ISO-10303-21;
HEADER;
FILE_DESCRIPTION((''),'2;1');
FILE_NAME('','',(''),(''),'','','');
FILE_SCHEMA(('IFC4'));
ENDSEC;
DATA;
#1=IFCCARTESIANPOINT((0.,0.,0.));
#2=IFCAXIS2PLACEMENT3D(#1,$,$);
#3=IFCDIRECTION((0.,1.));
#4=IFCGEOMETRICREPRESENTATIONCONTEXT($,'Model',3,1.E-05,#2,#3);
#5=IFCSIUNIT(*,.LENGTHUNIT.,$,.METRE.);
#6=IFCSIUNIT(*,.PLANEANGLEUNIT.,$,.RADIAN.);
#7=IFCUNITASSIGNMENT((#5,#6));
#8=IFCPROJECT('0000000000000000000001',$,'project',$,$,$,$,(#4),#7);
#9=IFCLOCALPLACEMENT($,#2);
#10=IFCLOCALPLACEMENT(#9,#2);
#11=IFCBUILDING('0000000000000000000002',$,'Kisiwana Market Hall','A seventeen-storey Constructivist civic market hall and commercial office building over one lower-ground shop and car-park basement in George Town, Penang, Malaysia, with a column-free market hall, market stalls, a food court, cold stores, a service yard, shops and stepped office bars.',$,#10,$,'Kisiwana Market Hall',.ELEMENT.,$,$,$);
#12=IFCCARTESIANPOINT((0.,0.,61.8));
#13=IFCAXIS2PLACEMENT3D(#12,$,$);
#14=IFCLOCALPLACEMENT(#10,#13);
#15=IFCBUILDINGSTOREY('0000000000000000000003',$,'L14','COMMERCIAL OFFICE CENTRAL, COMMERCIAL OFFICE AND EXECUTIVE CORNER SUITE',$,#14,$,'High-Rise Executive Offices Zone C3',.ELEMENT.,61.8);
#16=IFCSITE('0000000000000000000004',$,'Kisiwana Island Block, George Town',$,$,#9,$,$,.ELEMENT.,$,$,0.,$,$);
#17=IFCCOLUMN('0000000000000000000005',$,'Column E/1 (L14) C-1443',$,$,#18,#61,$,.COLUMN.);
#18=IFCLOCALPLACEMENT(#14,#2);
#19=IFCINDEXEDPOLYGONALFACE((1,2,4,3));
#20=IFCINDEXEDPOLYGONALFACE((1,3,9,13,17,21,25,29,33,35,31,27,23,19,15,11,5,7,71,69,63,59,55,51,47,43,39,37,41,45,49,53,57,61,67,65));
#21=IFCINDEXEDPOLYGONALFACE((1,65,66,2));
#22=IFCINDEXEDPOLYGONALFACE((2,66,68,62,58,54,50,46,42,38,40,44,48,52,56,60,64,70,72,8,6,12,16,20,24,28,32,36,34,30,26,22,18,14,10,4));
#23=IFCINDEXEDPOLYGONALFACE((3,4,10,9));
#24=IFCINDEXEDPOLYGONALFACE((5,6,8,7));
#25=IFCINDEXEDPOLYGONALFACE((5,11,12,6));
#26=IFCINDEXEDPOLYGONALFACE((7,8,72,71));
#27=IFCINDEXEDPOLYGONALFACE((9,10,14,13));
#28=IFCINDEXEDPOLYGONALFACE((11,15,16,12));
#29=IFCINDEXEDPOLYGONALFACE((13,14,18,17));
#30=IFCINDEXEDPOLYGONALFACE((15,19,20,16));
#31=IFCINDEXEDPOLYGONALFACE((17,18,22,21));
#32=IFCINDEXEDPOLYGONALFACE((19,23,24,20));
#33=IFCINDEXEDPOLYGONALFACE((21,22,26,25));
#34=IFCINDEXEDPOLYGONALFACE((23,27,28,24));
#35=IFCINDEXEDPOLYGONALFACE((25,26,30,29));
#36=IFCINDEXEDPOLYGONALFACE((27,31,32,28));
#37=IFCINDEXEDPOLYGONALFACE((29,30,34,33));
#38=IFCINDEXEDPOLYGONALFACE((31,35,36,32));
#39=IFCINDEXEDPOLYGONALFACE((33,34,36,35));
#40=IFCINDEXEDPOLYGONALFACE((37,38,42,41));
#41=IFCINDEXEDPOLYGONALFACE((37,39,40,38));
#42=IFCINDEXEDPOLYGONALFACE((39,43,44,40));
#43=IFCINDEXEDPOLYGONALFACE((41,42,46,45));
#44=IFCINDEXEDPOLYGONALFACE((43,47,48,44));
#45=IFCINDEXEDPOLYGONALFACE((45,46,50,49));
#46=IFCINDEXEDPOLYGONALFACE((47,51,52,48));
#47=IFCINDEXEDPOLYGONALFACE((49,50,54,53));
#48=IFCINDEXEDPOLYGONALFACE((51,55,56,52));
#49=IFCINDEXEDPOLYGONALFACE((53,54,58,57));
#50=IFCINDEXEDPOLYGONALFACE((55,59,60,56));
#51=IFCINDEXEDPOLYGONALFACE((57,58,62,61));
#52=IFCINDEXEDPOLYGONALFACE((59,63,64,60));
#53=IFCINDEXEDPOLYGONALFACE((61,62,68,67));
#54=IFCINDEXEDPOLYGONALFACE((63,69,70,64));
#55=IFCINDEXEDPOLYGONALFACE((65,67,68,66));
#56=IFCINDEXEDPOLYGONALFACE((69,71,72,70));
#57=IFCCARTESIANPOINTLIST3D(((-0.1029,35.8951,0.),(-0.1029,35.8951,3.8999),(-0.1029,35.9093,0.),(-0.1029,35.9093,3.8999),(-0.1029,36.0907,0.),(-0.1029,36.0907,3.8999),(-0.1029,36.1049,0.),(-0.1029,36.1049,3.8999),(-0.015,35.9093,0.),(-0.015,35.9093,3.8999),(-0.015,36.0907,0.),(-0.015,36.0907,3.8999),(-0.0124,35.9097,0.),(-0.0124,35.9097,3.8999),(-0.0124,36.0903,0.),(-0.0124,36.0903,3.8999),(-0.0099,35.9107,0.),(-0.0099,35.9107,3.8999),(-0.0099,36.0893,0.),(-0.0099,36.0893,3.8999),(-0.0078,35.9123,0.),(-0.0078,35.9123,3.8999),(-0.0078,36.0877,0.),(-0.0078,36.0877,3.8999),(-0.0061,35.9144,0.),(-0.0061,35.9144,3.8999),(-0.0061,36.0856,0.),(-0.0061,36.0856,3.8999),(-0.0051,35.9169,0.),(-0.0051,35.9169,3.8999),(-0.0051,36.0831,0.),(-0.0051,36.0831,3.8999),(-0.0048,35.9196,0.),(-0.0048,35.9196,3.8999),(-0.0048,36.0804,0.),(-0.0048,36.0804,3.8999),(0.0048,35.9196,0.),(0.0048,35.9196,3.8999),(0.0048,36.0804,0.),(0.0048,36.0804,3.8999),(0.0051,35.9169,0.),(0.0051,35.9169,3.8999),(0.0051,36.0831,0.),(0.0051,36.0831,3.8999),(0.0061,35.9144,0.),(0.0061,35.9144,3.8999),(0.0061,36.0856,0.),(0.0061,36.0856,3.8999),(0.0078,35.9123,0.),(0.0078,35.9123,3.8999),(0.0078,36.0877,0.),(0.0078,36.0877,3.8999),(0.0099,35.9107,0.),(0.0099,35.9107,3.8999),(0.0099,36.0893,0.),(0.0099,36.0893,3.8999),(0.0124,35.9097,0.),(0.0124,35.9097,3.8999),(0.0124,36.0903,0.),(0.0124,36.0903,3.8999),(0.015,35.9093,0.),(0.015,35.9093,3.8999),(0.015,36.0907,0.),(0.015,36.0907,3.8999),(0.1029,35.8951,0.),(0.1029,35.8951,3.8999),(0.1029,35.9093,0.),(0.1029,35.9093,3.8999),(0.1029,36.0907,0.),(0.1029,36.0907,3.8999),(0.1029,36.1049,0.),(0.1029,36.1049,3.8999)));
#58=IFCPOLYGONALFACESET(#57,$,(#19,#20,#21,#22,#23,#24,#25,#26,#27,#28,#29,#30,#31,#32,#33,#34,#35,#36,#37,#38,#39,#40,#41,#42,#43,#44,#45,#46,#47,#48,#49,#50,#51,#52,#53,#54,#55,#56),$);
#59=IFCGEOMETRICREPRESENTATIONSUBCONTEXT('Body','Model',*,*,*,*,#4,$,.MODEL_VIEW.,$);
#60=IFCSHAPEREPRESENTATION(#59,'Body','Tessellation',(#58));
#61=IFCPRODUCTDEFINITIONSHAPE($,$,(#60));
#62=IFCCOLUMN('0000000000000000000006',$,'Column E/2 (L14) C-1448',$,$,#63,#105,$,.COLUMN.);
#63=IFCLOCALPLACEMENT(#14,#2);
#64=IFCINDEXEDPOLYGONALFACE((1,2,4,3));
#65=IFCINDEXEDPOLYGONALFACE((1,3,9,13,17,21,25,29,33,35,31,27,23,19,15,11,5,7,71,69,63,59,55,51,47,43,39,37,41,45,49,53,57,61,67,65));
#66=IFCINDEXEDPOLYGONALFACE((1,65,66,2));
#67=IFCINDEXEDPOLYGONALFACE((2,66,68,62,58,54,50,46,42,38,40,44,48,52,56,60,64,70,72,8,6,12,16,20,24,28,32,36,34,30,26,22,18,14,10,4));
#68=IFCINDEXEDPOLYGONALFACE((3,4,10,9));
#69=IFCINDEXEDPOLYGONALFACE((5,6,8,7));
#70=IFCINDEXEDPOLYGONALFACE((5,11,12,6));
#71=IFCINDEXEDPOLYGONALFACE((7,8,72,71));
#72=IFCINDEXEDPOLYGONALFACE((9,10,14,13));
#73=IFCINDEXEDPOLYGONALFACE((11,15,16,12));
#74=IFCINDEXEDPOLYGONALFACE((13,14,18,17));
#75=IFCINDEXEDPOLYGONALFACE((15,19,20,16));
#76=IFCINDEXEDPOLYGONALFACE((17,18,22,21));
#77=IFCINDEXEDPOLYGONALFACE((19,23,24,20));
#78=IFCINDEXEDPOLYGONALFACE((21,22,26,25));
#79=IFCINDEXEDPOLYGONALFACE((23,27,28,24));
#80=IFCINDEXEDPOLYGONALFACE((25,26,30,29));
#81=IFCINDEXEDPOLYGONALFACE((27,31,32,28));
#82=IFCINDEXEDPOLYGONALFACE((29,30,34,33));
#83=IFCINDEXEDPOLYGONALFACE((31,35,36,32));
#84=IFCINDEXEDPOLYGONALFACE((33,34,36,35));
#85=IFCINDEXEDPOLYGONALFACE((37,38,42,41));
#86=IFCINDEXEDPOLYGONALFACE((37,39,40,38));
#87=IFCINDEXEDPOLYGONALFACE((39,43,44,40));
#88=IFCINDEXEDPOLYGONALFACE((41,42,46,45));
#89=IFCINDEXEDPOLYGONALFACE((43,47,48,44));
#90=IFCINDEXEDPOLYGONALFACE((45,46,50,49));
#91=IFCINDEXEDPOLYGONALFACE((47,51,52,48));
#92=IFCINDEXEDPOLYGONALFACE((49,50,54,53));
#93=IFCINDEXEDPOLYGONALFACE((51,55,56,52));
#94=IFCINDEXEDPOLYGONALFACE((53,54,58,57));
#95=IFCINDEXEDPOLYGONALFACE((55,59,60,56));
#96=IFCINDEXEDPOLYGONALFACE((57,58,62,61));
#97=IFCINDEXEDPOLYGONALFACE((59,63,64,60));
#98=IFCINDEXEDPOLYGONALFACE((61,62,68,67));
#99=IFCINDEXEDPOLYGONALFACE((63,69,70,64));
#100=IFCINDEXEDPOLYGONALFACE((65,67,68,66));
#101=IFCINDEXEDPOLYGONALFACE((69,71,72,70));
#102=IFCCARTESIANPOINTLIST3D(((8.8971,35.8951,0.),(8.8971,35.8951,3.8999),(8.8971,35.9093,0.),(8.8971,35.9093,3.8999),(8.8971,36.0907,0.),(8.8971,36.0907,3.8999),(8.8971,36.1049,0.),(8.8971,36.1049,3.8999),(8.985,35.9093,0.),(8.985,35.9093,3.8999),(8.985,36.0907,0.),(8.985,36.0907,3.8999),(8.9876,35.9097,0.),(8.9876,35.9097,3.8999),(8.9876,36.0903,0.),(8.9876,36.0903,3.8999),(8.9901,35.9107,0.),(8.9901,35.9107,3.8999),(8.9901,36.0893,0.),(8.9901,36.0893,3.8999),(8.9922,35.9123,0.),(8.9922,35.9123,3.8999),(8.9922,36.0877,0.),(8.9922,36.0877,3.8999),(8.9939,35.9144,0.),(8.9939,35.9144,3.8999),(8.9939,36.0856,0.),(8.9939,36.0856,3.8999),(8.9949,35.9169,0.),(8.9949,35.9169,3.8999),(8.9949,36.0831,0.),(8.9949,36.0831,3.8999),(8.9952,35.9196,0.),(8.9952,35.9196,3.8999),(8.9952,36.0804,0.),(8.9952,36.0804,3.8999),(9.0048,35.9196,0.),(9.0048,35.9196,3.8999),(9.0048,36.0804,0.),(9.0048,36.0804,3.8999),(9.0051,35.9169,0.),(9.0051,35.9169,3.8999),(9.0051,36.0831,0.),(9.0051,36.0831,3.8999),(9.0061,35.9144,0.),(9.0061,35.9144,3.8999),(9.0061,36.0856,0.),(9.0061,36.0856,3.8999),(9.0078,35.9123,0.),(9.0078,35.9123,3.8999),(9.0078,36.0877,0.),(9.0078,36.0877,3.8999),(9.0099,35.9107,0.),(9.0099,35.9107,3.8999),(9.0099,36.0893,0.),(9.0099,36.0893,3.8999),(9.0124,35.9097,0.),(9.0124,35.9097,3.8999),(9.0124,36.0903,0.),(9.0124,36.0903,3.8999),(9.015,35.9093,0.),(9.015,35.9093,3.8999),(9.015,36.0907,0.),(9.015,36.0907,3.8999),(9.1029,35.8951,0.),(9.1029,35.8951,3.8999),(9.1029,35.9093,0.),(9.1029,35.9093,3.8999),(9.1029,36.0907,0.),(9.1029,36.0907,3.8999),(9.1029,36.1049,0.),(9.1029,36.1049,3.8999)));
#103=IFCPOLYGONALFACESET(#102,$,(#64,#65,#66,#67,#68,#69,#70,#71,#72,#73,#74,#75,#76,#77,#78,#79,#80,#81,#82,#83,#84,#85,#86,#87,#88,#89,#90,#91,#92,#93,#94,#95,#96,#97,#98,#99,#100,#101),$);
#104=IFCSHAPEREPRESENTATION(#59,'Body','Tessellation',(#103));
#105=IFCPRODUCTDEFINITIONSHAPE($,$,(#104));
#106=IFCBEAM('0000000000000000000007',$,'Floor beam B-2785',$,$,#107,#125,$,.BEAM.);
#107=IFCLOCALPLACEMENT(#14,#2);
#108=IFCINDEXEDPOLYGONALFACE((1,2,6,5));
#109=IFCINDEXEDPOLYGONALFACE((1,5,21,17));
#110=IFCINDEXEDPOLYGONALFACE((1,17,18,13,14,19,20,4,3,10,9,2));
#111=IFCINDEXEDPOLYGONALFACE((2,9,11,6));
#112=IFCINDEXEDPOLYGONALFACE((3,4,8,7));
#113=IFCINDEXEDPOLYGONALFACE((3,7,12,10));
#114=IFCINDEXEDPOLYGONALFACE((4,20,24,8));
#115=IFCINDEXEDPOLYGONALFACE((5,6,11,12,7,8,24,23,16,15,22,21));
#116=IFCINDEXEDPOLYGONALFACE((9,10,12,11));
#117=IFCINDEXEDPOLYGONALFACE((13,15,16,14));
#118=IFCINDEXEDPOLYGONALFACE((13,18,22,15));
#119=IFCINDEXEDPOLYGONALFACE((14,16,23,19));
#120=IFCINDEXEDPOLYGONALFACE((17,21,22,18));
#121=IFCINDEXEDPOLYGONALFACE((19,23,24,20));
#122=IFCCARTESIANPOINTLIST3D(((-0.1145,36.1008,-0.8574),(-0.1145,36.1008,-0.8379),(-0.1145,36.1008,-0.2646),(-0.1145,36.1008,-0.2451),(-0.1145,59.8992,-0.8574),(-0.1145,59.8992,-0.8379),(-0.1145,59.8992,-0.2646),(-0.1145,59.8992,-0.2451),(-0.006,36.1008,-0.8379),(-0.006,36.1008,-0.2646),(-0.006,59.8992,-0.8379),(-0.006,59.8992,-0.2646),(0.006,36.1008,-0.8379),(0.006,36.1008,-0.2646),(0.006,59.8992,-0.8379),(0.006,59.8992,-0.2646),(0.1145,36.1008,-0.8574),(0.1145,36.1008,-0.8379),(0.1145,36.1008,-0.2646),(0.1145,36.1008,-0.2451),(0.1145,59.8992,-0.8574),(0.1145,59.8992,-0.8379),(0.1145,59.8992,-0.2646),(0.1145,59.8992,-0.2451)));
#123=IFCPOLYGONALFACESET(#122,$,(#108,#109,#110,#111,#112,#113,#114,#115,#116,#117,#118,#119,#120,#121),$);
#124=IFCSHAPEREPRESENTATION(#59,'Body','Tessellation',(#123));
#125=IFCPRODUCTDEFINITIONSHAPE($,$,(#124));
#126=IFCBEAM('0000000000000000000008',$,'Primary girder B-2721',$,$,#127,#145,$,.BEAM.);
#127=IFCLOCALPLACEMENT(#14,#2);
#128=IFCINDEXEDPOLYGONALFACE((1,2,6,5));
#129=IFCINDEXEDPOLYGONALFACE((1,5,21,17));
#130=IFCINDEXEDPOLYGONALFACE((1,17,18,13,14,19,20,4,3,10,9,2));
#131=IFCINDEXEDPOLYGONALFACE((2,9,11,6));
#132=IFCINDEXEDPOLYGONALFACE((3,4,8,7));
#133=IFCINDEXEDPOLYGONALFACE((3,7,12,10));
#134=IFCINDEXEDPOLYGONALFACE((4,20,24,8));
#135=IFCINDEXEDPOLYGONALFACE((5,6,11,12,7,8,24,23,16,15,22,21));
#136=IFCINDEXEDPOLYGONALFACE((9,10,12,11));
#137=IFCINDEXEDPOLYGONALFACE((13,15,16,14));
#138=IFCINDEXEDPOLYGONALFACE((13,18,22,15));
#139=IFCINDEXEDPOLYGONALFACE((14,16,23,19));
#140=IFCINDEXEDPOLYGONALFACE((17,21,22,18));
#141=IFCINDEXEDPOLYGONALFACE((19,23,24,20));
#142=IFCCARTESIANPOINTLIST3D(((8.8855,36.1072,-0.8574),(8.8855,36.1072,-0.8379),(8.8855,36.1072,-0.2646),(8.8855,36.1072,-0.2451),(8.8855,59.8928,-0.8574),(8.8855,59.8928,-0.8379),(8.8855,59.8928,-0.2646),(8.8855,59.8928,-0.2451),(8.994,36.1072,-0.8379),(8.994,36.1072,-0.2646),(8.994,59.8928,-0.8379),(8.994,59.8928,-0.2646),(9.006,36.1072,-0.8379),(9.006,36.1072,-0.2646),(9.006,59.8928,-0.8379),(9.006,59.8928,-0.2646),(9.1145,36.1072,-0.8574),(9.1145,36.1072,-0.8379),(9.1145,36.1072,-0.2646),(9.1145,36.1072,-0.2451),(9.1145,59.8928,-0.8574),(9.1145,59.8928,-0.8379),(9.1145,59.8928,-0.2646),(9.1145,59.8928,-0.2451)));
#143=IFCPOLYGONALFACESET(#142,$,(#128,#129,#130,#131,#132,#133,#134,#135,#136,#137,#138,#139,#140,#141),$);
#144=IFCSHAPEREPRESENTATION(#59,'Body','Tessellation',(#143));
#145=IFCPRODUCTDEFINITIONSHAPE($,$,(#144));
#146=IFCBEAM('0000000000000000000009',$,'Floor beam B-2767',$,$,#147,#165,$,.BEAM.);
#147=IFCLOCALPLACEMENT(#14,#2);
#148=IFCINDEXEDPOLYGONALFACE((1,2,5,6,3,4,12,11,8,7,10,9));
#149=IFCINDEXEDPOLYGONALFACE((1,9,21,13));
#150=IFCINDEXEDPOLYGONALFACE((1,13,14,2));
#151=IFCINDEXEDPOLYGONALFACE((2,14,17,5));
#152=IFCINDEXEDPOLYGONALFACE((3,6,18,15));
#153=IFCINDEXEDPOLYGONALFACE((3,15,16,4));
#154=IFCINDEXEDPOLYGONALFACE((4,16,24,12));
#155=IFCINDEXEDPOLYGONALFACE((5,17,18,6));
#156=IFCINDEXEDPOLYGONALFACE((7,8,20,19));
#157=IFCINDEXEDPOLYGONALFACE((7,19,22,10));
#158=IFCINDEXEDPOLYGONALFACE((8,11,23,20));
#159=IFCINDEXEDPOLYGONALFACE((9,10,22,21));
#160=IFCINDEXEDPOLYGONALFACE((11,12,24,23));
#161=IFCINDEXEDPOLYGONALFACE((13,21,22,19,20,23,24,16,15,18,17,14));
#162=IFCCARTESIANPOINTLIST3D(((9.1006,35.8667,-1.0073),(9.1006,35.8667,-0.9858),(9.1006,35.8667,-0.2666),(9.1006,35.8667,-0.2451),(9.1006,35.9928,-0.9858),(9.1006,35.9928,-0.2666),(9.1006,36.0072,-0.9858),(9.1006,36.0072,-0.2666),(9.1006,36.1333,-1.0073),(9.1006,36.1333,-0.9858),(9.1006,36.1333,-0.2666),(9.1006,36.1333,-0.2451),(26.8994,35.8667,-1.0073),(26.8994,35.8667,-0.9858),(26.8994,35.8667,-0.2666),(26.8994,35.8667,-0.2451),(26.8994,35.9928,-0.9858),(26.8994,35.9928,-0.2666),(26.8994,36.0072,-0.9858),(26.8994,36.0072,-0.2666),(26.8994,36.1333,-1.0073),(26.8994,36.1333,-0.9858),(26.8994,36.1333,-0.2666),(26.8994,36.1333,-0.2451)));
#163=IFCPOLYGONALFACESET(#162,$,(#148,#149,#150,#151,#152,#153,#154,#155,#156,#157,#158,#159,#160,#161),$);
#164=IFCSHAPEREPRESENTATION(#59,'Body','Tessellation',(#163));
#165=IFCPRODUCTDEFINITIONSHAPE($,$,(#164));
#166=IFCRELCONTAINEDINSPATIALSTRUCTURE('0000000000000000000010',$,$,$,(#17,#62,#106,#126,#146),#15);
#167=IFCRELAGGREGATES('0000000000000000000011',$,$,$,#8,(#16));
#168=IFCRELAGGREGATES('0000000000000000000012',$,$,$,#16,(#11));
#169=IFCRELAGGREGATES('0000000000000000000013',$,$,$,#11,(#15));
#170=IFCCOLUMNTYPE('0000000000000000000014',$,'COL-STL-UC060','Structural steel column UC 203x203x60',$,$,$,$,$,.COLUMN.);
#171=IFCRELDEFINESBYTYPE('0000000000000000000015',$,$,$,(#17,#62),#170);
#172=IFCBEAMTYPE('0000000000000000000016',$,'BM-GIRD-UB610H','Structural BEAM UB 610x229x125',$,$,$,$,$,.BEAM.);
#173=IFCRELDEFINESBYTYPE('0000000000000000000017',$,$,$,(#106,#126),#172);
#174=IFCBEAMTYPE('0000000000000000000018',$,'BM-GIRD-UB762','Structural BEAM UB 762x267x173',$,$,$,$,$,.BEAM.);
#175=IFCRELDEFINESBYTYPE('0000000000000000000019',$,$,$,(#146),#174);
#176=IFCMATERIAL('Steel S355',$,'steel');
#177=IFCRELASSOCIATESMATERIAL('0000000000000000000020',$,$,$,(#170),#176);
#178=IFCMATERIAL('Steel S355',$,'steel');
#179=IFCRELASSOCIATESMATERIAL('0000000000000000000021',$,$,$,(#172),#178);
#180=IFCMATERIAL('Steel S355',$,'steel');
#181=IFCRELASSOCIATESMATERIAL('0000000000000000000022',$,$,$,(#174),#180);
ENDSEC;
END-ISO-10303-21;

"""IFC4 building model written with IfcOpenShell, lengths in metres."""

from ifc_helpers import new_model, si_unit, direction, frame, origin, origin_2d, place, context, subcontext, project, spatial, i_section, extrude, material, material_profile, profile_set, type_object, element, save


model = new_model("IFC4")

# Units and contexts
model_context = context("Model", 3, precision=1e-05, world=origin(), true_north=direction((0.0, 1.0)))
body_context = subcontext(model_context, "Body", "Model", "MODEL_VIEW")
ifc_project = project(units=[si_unit("LENGTHUNIT", "METRE"), si_unit("PLANEANGLEUNIT", "RADIAN")], contexts=[model_context])

# Site, building, storey
site_placement = place(None, origin())
site = spatial("IfcSite", under=ifc_project, at=site_placement, Name="Kisiwana Island Block, George Town", CompositionType="ELEMENT", RefElevation=0.0)
building_placement = place(site_placement, origin())
building = spatial("IfcBuilding", under=site, at=building_placement, Name="Kisiwana Market Hall", Description="A seventeen-storey Constructivist civic market hall and commercial office building over one lower-ground shop and car-park basement in George Town, Penang, Malaysia, with a column-free market hall, market stalls, a food court, cold stores, a service yard, shops and stepped office bars.", LongName="Kisiwana Market Hall", CompositionType="ELEMENT")
storey_placement = place(building_placement, frame((0.0, 0.0, 61.8)))
storey = spatial("IfcBuildingStorey", under=building, at=storey_placement, Name="L14", Description="COMMERCIAL OFFICE CENTRAL, COMMERCIAL OFFICE AND EXECUTIVE CORNER SUITE", LongName="High-Rise Executive Offices Zone C3", CompositionType="ELEMENT", Elevation=61.8)

# Columns
ifc_material_1 = material(Name="Steel S355", Category="steel")
ifc_material_profile_1 = material_profile(ifc_material_1, i_section(OverallWidth=0.2058, OverallDepth=0.2097, WebThickness=0.0095, FlangeThickness=0.0142, FilletRadius=0.0103, at=origin_2d()), Name="UC 203x203x60")
ifc_profile_set_1 = profile_set([ifc_material_profile_1], Name="Steel S355")
column_type = type_object("IfcColumnType", Name="COL-STL-UC060", Description="Structural steel column UC 203x203x60", PredefinedType="COLUMN", material=ifc_profile_set_1)
for number, where, z_axis, x_axis, name in (
    (1, (0.0, 36.0, 0.0), (0.0, 0.0, 1.0), (1.0, 0.0, 0.0), "Column E/1 (L14) C-1443"),
    (2, (9.0, 36.0, 0.0), (0.0, 0.0, 1.0), (1.0, 0.0, 0.0), "Column E/2 (L14) C-1448"),
):
    element("IfcColumn", number, at=place(storey_placement, frame(where, z_axis=z_axis, x_axis=x_axis)), inside=storey, type_object=column_type, Name=name, PredefinedType="COLUMN", context=body_context, shape_type="SweptSolid", body=[
        extrude(i_section(OverallWidth=0.2058, OverallDepth=0.2097, WebThickness=0.0095, FlangeThickness=0.0142, FilletRadius=0.0103, at=origin_2d()), origin(), (0.0, 0.0, 1.0), 3.8999),
    ])

# Beams
ifc_material_2 = material(Name="Steel S355", Category="steel")
ifc_material_profile_2 = material_profile(ifc_material_2, i_section(OverallWidth=0.229, OverallDepth=0.6123, WebThickness=0.012, FlangeThickness=0.0195, at=origin_2d()), Name="UB 610x229x125")
ifc_profile_set_2 = profile_set([ifc_material_profile_2], Name="Steel S355")
beam_type_1 = type_object("IfcBeamType", Name="BM-GIRD-UB610H", Description="Structural BEAM UB 610x229x125", PredefinedType="BEAM", material=ifc_profile_set_2)
beam_1_placement = place(storey_placement, frame((0.0, 36.1008, -0.5513), z_axis=(0.0, 1.0, 0.0), x_axis=(-1.0, 0.0, 0.0)))
element("IfcBeam", 3, at=beam_1_placement, inside=storey, type_object=beam_type_1, Name="Floor beam B-2785", PredefinedType="BEAM", context=body_context, shape_type="SweptSolid", body=[
    extrude(i_section(OverallWidth=0.229, OverallDepth=0.6123, WebThickness=0.012, FlangeThickness=0.0195, at=origin_2d()), origin(), (0.0, 0.0, 1.0), 23.7983),
])
beam_2_placement = place(storey_placement, frame((9.0, 36.1072, -0.5513), z_axis=(0.0, 1.0, 0.0), x_axis=(-1.0, 0.0, 0.0)))
element("IfcBeam", 4, at=beam_2_placement, inside=storey, type_object=beam_type_1, Name="Primary girder B-2721", PredefinedType="BEAM", context=body_context, shape_type="SweptSolid", body=[
    extrude(i_section(OverallWidth=0.229, OverallDepth=0.6123, WebThickness=0.012, FlangeThickness=0.0195, at=origin_2d()), origin(), (0.0, 0.0, 1.0), 23.7856),
])
ifc_material_3 = material(Name="Steel S355", Category="steel")
ifc_material_profile_3 = material_profile(ifc_material_3, i_section(OverallWidth=0.2666, OverallDepth=0.7622, WebThickness=0.0144, FlangeThickness=0.0215, at=origin_2d()), Name="UB 762x267x173")
ifc_profile_set_3 = profile_set([ifc_material_profile_3], Name="Steel S355")
beam_type_2 = type_object("IfcBeamType", Name="BM-GIRD-UB762", Description="Structural BEAM UB 762x267x173", PredefinedType="BEAM", material=ifc_profile_set_3)
beam_3_placement = place(storey_placement, frame((9.1006, 36.0, -0.6262), z_axis=(1.0, 0.0, 0.0), x_axis=(0.0, 1.0, 0.0)))
element("IfcBeam", 5, at=beam_3_placement, inside=storey, type_object=beam_type_2, Name="Floor beam B-2767", PredefinedType="BEAM", context=body_context, shape_type="SweptSolid", body=[
    extrude(i_section(OverallWidth=0.2666, OverallDepth=0.7622, WebThickness=0.0144, FlangeThickness=0.0215, at=origin_2d()), origin(), (0.0, 0.0, 1.0), 17.7988),
])

save(model, "model.ifc")
